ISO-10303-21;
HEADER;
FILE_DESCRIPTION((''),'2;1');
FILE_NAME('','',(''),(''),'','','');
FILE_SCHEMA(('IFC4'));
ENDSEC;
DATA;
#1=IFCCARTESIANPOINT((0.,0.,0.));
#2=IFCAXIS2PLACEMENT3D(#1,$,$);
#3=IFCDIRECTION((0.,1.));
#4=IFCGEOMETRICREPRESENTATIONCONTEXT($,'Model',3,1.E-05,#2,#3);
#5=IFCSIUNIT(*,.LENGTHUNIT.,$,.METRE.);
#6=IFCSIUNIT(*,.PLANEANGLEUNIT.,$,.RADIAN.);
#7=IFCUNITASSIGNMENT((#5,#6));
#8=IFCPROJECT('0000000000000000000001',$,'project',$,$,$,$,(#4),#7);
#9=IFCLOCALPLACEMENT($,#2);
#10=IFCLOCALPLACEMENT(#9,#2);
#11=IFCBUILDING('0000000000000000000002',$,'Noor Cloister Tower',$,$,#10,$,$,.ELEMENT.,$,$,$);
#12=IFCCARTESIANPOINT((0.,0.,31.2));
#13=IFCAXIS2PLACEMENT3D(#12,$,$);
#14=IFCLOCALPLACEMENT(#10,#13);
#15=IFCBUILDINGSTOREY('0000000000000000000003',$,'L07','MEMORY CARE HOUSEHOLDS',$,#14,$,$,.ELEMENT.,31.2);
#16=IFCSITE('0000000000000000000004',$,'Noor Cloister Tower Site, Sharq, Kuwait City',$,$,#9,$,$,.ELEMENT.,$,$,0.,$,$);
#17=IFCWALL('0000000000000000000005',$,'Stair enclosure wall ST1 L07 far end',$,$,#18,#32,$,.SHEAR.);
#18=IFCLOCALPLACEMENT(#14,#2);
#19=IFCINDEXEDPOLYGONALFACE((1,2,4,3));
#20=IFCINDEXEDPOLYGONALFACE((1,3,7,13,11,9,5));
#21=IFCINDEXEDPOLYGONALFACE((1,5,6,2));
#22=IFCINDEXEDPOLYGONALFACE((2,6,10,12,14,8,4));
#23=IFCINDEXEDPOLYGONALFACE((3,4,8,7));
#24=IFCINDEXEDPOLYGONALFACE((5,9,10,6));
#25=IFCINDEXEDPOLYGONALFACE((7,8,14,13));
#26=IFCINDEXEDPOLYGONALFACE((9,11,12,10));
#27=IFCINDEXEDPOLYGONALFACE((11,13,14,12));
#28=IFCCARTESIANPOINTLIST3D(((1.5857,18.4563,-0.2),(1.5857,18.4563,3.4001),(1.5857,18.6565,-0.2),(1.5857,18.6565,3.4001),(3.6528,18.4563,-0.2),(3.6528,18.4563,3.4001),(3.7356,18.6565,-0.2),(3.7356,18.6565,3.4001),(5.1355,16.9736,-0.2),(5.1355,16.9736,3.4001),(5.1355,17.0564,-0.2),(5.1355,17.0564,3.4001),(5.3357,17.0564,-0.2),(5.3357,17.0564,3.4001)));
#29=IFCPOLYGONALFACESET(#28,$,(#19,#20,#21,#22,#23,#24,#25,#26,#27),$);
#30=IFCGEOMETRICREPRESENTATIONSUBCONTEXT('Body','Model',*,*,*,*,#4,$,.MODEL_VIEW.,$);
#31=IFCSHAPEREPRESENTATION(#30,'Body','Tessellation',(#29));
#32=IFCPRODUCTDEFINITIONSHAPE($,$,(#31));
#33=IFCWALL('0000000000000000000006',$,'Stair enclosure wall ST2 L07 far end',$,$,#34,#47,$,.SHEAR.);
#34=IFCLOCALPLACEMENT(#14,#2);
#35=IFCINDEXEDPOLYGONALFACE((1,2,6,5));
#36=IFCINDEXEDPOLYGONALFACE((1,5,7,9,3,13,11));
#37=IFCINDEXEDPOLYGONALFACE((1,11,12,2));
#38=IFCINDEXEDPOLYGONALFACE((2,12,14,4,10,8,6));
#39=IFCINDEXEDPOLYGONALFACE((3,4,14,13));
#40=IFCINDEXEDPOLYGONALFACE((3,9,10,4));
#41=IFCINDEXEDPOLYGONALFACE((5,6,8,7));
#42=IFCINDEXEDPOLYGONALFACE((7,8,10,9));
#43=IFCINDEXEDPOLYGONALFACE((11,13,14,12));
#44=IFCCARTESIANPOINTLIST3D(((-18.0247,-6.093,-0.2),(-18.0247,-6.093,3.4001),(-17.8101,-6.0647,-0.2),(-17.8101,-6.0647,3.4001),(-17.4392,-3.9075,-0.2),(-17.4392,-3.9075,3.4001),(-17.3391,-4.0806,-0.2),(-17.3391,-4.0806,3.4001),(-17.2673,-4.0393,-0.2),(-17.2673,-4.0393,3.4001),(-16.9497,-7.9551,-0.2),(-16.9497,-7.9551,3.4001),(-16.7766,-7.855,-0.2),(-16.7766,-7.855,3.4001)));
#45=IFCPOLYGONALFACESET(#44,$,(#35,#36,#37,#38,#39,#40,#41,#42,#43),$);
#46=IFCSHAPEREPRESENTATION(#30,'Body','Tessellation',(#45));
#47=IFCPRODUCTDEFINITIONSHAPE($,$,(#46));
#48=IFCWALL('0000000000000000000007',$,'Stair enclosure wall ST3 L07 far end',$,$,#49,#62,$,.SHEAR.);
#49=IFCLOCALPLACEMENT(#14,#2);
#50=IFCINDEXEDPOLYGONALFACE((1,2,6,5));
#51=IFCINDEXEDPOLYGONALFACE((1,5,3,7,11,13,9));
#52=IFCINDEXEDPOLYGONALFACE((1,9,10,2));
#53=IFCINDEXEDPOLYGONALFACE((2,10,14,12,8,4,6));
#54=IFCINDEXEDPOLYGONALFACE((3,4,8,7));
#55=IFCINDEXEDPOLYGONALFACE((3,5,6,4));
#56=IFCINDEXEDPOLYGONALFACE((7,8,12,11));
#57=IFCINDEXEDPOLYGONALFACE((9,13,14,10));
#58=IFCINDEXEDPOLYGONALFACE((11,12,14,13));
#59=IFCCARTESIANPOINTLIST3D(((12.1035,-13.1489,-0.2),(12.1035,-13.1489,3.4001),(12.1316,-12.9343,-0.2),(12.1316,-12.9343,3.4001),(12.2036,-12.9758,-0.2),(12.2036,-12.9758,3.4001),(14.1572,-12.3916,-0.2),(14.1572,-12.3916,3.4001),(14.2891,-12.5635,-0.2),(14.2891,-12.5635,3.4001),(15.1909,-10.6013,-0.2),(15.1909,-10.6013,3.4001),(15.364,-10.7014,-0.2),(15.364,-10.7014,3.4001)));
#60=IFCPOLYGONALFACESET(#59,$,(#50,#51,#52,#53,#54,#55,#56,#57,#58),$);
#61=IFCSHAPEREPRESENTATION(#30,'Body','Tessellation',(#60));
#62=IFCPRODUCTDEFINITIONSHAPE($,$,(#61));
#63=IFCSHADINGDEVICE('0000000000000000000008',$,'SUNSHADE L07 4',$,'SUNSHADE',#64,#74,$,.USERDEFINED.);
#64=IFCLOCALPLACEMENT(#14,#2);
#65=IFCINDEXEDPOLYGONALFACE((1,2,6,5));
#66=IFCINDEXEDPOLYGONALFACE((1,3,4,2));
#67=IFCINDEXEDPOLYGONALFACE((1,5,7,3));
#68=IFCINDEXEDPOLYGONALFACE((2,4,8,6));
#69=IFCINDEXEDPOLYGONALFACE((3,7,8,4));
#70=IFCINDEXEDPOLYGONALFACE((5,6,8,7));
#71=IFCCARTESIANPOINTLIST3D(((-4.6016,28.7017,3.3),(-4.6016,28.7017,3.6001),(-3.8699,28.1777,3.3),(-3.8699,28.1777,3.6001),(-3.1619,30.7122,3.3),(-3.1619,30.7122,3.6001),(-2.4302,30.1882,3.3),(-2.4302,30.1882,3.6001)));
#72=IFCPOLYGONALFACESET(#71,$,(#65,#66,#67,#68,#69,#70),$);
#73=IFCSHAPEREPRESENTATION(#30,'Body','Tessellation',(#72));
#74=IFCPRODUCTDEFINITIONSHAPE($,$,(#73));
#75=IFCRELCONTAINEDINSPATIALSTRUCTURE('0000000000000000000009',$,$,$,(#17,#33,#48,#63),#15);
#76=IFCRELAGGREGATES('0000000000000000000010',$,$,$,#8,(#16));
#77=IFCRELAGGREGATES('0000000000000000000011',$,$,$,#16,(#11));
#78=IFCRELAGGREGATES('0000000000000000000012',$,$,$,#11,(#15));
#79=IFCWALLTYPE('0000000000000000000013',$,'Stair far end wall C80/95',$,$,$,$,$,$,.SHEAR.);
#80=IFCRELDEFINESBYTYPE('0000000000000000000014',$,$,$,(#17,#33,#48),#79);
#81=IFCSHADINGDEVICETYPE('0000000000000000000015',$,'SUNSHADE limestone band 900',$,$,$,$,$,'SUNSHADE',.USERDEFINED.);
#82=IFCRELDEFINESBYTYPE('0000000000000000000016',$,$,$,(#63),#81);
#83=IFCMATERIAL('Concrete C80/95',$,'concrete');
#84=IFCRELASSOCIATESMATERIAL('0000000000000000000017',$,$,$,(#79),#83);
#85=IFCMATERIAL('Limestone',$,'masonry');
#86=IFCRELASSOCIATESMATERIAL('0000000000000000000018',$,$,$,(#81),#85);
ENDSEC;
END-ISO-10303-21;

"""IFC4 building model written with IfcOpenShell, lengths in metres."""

from ifc_helpers import new_model, si_unit, direction, frame, origin, place, context, subcontext, project, spatial, polyline, outline, extrude, material, type_object, element, save


model = new_model("IFC4")

# Units and contexts
model_context = context("Model", 3, precision=1e-05, world=origin(), true_north=direction((0.0, 1.0)))
body_context = subcontext(model_context, "Body", "Model", "MODEL_VIEW")
ifc_project = project(units=[si_unit("LENGTHUNIT", "METRE"), si_unit("PLANEANGLEUNIT", "RADIAN")], contexts=[model_context])

# Site, building, storey
site_placement = place(None, origin())
site = spatial("IfcSite", under=ifc_project, at=site_placement, Name="Noor Cloister Tower Site, Sharq, Kuwait City", CompositionType="ELEMENT", RefElevation=0.0)
building_placement = place(site_placement, origin())
building = spatial("IfcBuilding", under=site, at=building_placement, Name="Noor Cloister Tower", CompositionType="ELEMENT")
storey_placement = place(building_placement, frame((0.0, 0.0, 31.2)))
storey = spatial("IfcBuildingStorey", under=building, at=storey_placement, Name="L07", Description="MEMORY CARE HOUSEHOLDS", CompositionType="ELEMENT", Elevation=31.2)

# Walls
ifc_material_1 = material(Name="Concrete C80/95", Category="concrete")
wall_type_1 = type_object("IfcWallType", Name="Stair far end wall C80/95", PredefinedType="SHEAR", material=ifc_material_1)
wall_1_placement = place(storey_placement, frame((0.0, 0.0, -0.2)))
element("IfcWall", 1, at=wall_1_placement, inside=storey, type_object=wall_type_1, Name="Stair enclosure wall ST1 L07 far end", PredefinedType="SHEAR", context=body_context, shape_type="SweptSolid", body=[
    extrude(outline(polyline([(5.3357, 17.0564), (3.7356, 18.6565), (1.5857, 18.6565), (1.5857, 18.4563), (3.6528, 18.4563), (5.1355, 16.9736), (5.1355, 17.0564), (5.1355, 17.0564), (5.1355, 17.0564), (5.1355, 17.0564), (5.1355, 17.0564), (5.1355, 17.0564), (5.1355, 17.0564), (5.1355, 17.0564), (5.1355, 17.0564), (5.1355, 17.0564), (5.1355, 17.0564), (5.1355, 17.0564), (5.1355, 17.0564), (5.1355, 17.0564), (5.1355, 17.0564), (5.1355, 17.0564), (5.1355, 17.0564), (5.3357, 17.0564)])), origin(), (0.0, 0.0, 1.0), 3.6001),
])
wall_2_placement = place(storey_placement, frame((0.0, 0.0, -0.2)))
element("IfcWall", 2, at=wall_2_placement, inside=storey, type_object=wall_type_1, Name="Stair enclosure wall ST2 L07 far end", PredefinedType="SHEAR", context=body_context, shape_type="SweptSolid", body=[
    extrude(outline(polyline([(-17.4392, -3.9075), (-18.0247, -6.093), (-16.9497, -7.9551), (-16.7766, -7.855), (-17.8101, -6.0647), (-17.2673, -4.0393), (-17.3391, -4.0806), (-17.3391, -4.0806), (-17.3391, -4.0806), (-17.3391, -4.0806), (-17.3391, -4.0806), (-17.3391, -4.0806), (-17.3391, -4.0806), (-17.3391, -4.0806), (-17.3391, -4.0806), (-17.3391, -4.0806), (-17.3391, -4.0806), (-17.3391, -4.0806), (-17.3391, -4.0806), (-17.3391, -4.0806), (-17.3391, -4.0806), (-17.3391, -4.0806), (-17.3391, -4.0806), (-17.4392, -3.9075)])), origin(), (0.0, 0.0, 1.0), 3.6001),
])
wall_3_placement = place(storey_placement, frame((0.0, 0.0, -0.2)))
element("IfcWall", 3, at=wall_3_placement, inside=storey, type_object=wall_type_1, Name="Stair enclosure wall ST3 L07 far end", PredefinedType="SHEAR", context=body_context, shape_type="SweptSolid", body=[
    extrude(outline(polyline([(12.1035, -13.1489), (14.2891, -12.5635), (15.364, -10.7014), (15.1909, -10.6013), (14.1572, -12.3916), (12.1316, -12.9343), (12.2036, -12.9758), (12.2036, -12.9758), (12.2036, -12.9758), (12.2036, -12.9758), (12.2036, -12.9758), (12.2036, -12.9758), (12.2036, -12.9758), (12.2036, -12.9758), (12.2036, -12.9758), (12.2036, -12.9758), (12.2036, -12.9758), (12.2036, -12.9758), (12.2036, -12.9758), (12.2036, -12.9758), (12.2036, -12.9758), (12.2036, -12.9758), (12.2036, -12.9758), (12.1035, -13.1489)])), origin(), (0.0, 0.0, 1.0), 3.6001),
])

# Shading device
ifc_material_2 = material(Name="Limestone", Category="masonry")
shading_device_type = type_object("IfcShadingDeviceType", Name="SUNSHADE limestone band 900", ElementType="SUNSHADE", PredefinedType="USERDEFINED", material=ifc_material_2)
shading_device_placement = place(storey_placement, frame((0.0, 0.0, 3.3)))
element("IfcShadingDevice", 4, at=shading_device_placement, inside=storey, type_object=shading_device_type, Name="SUNSHADE L07 4", ObjectType="SUNSHADE", PredefinedType="USERDEFINED", context=body_context, shape_type="SweptSolid", body=[
    extrude(outline(polyline([(-3.1619, 30.7122), (-4.6016, 28.7017), (-3.8699, 28.1777), (-2.4302, 30.1882), (-3.1619, 30.7122)])), origin(), (0.0, 0.0, 1.0), 0.3),
])

save(model, "model.ifc")
